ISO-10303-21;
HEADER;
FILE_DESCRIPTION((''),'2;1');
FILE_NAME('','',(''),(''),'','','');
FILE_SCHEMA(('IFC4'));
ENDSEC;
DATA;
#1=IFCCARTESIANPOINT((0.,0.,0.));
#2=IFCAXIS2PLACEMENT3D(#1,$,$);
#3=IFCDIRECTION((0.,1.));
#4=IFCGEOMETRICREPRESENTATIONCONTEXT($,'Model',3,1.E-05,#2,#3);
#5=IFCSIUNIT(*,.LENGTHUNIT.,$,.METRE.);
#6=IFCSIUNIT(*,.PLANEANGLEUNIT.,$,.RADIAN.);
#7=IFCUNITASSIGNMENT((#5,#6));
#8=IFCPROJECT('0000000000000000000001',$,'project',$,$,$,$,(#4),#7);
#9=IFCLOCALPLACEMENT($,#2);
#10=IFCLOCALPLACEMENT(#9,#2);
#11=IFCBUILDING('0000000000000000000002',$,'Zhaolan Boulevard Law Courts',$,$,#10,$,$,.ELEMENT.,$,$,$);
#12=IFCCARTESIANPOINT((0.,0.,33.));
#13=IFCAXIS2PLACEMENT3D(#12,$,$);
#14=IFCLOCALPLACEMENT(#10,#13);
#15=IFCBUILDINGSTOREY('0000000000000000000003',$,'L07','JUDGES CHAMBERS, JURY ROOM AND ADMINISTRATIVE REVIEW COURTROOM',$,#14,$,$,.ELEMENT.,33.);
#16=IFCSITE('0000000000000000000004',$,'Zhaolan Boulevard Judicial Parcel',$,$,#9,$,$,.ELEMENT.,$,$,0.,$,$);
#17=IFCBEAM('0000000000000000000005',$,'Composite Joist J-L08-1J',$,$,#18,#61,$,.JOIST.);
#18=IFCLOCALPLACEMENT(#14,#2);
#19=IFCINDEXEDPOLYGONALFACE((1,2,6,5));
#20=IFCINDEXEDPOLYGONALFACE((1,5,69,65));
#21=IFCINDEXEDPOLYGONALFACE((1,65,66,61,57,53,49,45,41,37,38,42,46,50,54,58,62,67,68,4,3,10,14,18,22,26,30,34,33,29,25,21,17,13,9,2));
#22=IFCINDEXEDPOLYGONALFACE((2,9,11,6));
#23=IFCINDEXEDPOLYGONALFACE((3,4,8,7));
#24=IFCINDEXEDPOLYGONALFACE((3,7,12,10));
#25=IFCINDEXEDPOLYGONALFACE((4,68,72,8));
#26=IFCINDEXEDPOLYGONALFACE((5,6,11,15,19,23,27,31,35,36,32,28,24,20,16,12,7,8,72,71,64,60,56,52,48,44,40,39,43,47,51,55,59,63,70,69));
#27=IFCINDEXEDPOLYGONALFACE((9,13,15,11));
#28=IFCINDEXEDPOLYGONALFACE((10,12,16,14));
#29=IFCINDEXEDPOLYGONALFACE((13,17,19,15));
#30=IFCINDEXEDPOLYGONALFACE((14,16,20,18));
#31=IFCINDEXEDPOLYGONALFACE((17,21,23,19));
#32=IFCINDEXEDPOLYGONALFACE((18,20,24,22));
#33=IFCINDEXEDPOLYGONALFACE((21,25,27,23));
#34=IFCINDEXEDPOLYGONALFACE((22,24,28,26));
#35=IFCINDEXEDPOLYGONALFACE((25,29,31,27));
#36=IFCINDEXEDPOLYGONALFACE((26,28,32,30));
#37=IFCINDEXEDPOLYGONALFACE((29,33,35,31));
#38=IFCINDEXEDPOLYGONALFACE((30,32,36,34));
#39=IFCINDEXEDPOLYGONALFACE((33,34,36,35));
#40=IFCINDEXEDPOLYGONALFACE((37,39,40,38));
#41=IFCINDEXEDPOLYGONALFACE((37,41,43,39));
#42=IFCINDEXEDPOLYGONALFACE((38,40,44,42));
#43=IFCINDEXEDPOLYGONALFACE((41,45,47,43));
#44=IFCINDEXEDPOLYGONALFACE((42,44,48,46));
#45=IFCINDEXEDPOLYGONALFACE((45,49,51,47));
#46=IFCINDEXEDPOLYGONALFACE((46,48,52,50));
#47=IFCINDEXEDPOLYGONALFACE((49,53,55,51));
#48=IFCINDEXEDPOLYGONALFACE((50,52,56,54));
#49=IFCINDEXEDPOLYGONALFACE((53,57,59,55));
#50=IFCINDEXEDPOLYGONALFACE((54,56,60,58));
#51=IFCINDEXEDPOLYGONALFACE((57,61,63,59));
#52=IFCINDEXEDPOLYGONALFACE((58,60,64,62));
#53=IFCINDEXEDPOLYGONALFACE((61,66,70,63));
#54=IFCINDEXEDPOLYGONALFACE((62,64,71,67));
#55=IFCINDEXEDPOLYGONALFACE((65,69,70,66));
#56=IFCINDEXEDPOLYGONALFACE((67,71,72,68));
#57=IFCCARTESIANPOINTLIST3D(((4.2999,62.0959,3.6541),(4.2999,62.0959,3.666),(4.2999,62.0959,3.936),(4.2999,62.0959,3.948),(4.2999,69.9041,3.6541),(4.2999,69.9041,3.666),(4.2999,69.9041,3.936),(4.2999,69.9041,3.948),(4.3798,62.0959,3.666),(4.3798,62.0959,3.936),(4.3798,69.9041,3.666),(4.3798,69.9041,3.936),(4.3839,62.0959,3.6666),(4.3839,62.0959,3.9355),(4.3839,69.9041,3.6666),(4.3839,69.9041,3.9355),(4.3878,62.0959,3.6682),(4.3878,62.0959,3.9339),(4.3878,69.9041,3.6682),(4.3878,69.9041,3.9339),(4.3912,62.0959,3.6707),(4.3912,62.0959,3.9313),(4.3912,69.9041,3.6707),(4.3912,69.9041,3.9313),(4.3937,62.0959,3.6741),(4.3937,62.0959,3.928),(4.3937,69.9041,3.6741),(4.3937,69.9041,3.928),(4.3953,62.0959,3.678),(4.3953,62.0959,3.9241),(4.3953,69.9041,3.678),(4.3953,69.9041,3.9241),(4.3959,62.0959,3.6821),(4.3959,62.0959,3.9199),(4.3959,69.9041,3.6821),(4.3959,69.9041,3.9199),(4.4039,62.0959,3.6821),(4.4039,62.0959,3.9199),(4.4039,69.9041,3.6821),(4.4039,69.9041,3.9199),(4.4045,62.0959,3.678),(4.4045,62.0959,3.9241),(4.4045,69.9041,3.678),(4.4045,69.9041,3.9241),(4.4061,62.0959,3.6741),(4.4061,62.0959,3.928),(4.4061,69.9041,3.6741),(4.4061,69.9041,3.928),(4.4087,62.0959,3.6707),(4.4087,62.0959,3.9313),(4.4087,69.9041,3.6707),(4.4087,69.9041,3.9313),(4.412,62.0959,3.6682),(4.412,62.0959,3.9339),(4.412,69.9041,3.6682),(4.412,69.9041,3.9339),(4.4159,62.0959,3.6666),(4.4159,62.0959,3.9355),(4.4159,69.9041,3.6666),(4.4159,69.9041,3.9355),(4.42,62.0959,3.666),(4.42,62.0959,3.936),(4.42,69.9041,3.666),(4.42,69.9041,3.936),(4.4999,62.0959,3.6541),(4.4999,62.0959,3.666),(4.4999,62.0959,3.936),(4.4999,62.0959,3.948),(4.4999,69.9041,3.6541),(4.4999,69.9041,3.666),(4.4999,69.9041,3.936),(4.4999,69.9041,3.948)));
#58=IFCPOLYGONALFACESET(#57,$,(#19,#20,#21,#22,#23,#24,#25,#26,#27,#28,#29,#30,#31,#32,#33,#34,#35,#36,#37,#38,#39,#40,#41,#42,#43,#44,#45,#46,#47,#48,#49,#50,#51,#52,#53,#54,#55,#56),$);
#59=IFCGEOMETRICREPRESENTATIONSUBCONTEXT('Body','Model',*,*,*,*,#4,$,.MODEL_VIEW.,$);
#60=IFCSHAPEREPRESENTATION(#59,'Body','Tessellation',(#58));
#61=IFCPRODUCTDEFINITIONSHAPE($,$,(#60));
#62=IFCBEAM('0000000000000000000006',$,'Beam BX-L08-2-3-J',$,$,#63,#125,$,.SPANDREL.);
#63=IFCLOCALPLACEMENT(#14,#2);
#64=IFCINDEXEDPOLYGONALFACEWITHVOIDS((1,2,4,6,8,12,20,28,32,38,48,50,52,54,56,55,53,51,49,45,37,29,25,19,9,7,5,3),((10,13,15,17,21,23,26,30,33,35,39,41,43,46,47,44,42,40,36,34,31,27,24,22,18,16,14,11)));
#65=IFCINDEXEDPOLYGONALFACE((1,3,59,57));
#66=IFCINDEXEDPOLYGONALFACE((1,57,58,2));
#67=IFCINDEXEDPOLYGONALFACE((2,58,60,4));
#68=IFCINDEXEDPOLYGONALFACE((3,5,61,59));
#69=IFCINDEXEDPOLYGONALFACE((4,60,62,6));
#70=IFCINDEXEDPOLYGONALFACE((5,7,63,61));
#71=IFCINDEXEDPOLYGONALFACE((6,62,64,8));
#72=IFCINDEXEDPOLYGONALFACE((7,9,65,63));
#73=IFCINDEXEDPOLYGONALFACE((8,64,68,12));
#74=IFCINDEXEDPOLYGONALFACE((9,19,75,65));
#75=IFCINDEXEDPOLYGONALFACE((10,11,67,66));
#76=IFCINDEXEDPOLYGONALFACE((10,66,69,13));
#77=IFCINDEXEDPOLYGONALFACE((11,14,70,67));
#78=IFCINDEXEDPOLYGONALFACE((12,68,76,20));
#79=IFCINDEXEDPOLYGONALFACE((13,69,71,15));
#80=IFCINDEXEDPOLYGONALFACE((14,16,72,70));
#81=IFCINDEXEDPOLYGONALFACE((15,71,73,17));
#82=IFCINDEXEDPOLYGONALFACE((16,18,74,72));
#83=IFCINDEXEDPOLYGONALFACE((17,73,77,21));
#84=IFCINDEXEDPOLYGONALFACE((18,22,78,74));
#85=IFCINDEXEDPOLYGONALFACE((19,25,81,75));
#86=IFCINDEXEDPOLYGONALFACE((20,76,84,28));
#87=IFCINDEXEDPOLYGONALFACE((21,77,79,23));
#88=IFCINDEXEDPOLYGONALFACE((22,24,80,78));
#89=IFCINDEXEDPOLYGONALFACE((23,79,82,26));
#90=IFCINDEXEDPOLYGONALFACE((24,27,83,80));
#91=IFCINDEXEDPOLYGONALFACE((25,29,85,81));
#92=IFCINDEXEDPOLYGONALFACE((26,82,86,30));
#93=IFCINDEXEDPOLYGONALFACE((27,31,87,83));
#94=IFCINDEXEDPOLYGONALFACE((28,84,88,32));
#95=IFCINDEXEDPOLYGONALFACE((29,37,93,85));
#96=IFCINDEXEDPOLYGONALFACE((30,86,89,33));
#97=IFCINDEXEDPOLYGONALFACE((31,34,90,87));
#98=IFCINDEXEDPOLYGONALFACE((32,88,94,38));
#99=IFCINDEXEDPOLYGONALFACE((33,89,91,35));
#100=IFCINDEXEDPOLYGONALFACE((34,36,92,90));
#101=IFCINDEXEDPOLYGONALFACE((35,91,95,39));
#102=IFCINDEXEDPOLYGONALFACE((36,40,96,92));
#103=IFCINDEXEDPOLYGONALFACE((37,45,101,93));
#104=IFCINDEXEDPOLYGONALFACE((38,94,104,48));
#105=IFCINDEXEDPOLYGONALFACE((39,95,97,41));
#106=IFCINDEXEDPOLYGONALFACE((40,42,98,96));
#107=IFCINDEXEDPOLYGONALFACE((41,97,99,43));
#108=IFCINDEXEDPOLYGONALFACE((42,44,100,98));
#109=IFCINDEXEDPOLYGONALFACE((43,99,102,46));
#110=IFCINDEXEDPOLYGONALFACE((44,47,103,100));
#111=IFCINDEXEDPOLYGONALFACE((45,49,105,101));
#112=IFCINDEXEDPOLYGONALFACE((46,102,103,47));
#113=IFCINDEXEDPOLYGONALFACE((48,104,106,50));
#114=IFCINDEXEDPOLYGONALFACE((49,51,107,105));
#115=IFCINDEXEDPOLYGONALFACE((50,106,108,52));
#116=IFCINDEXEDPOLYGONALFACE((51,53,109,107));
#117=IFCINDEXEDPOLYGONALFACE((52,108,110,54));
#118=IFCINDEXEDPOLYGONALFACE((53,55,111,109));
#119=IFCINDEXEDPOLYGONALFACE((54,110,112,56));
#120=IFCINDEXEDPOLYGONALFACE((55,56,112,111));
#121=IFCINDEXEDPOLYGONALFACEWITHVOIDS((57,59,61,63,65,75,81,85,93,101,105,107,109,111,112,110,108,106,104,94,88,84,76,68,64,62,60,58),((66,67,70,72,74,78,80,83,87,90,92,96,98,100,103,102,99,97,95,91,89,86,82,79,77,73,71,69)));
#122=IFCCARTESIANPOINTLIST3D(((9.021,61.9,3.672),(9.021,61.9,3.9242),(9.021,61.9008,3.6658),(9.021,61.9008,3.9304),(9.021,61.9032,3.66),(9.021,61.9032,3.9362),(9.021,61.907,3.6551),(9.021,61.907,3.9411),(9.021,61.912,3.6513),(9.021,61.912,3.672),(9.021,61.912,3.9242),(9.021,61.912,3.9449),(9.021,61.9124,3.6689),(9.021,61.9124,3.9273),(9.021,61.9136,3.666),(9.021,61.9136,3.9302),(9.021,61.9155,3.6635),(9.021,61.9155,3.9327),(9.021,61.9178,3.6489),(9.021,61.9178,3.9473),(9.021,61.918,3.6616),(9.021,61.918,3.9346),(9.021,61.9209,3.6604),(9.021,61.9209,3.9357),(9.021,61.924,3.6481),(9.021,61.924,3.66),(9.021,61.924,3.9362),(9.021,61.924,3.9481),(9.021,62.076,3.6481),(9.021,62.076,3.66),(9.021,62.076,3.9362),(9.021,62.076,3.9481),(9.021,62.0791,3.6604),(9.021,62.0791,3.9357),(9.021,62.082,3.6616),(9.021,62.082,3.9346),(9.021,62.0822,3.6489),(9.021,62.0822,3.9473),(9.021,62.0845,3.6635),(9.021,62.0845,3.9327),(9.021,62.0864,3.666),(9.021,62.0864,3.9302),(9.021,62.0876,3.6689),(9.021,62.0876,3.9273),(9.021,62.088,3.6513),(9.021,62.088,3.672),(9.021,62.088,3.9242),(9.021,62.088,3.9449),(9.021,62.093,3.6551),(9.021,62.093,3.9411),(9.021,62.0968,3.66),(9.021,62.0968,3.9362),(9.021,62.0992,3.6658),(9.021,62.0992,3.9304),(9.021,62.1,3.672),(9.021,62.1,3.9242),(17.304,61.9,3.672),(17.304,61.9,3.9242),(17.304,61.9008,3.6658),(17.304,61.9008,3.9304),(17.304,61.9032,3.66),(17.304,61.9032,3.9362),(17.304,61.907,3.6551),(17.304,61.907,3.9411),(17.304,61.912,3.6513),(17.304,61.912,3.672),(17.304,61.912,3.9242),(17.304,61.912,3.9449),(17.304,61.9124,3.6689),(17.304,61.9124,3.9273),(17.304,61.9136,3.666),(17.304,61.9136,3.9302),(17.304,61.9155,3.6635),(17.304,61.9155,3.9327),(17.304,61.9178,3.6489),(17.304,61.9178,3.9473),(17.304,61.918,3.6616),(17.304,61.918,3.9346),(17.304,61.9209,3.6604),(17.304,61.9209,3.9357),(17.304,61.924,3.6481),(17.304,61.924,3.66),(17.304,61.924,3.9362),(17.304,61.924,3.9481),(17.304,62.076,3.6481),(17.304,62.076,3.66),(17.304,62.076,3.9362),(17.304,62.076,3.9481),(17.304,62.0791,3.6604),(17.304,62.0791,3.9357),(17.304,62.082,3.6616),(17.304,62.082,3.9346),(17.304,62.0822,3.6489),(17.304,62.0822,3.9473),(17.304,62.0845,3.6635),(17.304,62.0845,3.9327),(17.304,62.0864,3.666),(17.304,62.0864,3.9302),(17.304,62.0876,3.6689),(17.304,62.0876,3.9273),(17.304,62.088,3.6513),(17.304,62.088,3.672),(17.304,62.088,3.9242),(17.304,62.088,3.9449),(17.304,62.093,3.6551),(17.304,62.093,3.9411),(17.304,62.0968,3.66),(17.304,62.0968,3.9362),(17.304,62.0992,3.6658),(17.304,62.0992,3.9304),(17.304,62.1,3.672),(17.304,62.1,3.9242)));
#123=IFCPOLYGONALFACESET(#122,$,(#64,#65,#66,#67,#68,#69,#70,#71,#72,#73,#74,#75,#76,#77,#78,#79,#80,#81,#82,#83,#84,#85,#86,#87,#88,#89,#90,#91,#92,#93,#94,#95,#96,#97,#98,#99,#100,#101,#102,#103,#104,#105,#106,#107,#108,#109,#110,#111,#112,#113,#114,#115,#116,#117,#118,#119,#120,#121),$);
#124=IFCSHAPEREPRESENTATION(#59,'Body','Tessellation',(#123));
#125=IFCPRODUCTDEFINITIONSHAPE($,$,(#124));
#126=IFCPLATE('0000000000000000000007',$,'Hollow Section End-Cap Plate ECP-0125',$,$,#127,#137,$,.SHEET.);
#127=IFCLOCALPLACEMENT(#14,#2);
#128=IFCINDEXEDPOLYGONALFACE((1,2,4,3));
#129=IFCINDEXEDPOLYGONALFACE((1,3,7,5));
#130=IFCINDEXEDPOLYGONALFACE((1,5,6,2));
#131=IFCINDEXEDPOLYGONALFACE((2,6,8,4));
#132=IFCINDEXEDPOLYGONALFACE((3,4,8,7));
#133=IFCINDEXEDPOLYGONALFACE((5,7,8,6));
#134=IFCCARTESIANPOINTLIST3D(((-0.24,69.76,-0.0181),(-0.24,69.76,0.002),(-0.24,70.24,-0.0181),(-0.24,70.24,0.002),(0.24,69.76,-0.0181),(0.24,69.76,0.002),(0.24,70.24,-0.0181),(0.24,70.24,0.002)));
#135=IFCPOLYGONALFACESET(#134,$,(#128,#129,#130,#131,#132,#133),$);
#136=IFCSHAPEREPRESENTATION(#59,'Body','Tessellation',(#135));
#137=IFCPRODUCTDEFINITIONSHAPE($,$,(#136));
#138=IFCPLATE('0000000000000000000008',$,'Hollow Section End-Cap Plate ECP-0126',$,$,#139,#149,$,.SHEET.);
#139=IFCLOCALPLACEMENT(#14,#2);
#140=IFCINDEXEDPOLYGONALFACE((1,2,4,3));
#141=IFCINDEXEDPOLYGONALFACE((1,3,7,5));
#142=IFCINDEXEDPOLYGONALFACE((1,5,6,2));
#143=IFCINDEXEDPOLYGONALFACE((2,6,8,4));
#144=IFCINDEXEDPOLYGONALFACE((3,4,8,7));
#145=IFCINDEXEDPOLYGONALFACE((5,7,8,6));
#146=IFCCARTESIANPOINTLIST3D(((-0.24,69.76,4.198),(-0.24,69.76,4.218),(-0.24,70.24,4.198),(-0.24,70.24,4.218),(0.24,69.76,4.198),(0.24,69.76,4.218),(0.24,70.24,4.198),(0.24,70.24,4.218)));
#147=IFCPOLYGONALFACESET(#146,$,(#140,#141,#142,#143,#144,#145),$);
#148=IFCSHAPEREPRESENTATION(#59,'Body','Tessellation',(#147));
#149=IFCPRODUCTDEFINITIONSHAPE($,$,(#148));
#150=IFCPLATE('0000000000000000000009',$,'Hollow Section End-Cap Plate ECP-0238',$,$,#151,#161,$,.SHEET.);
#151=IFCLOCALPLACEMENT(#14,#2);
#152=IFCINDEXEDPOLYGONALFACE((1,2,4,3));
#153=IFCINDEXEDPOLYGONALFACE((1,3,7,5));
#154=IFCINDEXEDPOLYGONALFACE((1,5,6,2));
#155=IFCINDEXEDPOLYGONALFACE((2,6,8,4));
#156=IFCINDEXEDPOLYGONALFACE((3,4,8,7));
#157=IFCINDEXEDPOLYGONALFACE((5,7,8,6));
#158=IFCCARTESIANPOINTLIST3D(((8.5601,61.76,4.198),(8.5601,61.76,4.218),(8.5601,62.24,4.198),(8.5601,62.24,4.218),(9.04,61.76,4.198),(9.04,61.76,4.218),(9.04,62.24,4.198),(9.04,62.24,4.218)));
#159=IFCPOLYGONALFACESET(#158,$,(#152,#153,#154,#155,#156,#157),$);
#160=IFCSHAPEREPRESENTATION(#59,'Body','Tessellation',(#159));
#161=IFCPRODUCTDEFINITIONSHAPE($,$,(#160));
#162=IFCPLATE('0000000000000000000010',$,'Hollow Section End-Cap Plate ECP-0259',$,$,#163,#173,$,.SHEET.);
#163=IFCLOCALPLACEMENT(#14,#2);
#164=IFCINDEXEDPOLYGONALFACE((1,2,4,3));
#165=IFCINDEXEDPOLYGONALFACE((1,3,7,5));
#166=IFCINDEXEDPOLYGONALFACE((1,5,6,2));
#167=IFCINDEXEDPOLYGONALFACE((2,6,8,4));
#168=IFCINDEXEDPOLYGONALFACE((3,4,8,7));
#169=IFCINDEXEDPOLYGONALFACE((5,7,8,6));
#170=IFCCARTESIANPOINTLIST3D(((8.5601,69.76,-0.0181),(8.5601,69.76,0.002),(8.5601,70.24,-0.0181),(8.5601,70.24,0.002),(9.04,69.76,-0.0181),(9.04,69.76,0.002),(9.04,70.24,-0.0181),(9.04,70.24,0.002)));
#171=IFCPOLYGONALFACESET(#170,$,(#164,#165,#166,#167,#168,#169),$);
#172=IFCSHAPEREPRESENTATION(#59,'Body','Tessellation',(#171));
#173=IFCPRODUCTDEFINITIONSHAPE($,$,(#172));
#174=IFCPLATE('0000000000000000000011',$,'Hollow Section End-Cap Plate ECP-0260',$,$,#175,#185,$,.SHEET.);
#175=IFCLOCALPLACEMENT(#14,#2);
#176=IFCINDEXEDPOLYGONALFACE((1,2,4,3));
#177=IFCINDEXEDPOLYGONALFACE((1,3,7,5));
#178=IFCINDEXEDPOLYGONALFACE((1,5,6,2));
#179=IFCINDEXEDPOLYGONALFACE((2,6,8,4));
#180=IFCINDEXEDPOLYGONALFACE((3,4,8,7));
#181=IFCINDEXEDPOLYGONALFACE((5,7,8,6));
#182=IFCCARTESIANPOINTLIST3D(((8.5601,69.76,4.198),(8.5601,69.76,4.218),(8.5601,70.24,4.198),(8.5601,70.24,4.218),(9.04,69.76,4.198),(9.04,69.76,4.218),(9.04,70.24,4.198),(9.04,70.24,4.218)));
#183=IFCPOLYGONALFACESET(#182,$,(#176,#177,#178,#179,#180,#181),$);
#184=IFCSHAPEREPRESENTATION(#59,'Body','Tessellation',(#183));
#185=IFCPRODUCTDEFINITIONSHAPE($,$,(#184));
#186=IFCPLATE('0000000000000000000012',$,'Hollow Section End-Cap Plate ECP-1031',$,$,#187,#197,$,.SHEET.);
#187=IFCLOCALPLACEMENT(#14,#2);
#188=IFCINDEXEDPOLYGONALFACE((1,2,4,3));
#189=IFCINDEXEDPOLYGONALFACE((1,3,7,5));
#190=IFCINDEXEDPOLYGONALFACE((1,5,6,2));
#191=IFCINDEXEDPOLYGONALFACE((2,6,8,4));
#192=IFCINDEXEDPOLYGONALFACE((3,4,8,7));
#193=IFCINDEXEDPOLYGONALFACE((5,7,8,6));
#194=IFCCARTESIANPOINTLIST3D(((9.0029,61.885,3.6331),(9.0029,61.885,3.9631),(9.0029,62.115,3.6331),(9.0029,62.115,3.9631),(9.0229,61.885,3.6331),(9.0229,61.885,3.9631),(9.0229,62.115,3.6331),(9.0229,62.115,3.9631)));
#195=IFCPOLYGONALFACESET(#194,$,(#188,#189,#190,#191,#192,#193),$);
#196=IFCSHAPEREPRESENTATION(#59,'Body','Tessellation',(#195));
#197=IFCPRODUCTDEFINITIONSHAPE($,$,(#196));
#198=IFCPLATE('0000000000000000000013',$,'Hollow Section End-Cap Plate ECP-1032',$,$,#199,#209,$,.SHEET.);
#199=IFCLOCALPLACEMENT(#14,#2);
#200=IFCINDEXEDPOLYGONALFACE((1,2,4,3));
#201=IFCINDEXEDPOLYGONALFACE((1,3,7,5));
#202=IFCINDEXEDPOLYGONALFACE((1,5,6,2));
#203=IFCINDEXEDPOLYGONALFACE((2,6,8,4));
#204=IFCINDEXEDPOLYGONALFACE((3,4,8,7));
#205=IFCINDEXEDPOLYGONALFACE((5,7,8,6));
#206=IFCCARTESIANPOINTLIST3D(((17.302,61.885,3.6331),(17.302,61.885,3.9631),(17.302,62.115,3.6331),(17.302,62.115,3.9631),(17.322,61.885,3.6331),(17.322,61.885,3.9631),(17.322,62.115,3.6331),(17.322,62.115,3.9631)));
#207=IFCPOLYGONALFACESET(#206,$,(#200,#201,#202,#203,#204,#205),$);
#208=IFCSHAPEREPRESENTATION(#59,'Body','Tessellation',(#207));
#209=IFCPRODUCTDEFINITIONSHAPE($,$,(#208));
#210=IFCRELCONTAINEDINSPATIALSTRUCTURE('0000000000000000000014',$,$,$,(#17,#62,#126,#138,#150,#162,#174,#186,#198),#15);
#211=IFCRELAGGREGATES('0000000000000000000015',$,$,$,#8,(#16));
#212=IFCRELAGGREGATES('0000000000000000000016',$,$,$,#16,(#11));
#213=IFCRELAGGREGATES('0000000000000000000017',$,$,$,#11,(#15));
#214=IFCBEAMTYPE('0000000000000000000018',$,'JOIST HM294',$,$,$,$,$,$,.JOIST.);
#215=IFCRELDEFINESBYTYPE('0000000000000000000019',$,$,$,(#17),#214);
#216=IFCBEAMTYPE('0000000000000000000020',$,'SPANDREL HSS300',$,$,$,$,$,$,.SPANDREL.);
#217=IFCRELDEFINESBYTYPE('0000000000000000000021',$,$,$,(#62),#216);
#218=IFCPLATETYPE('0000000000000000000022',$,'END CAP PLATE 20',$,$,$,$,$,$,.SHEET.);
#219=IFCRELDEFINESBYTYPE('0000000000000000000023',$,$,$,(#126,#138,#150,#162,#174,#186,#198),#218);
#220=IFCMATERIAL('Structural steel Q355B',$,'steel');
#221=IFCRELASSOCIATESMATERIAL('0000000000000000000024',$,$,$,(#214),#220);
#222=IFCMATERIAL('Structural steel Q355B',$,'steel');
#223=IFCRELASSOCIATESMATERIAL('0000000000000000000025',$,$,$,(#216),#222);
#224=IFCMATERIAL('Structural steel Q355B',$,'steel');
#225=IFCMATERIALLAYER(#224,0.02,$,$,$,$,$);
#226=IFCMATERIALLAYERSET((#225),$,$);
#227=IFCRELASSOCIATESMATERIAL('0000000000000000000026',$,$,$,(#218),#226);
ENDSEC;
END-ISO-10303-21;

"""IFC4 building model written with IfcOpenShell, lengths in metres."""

from ifc_helpers import new_model, si_unit, direction, frame, origin, origin_2d, place, context, subcontext, project, spatial, rectangle, hollow_rectangle, i_section, extrude, material, layer, layer_set, material_profile, profile_set, type_object, element, save


model = new_model("IFC4")

# Units and contexts
model_context = context("Model", 3, precision=1e-05, world=origin(), true_north=direction((0.0, 1.0)))
body_context = subcontext(model_context, "Body", "Model", "MODEL_VIEW")
ifc_project = project(units=[si_unit("LENGTHUNIT", "METRE"), si_unit("PLANEANGLEUNIT", "RADIAN")], contexts=[model_context])

# Site, building, storey
site_placement = place(None, origin())
site = spatial("IfcSite", under=ifc_project, at=site_placement, Name="Zhaolan Boulevard Judicial Parcel", CompositionType="ELEMENT", RefElevation=0.0)
building_placement = place(site_placement, origin())
building = spatial("IfcBuilding", under=site, at=building_placement, Name="Zhaolan Boulevard Law Courts", CompositionType="ELEMENT")
storey_placement = place(building_placement, frame((0.0, 0.0, 33.0)))
storey = spatial("IfcBuildingStorey", under=building, at=storey_placement, Name="L07", Description="JUDGES CHAMBERS, JURY ROOM AND ADMINISTRATIVE REVIEW COURTROOM", CompositionType="ELEMENT", Elevation=33.0)

# Beams
ifc_material_1 = material(Name="Structural steel Q355B", Category="steel")
ifc_material_profile_1 = material_profile(ifc_material_1, i_section(OverallWidth=0.2, OverallDepth=0.2939, WebThickness=0.0081, FlangeThickness=0.012, FilletRadius=0.0161, at=origin_2d()), Name="HM294x200")
ifc_profile_set_1 = profile_set([ifc_material_profile_1], Name="Structural steel Q355B")
beam_type_1 = type_object("IfcBeamType", Name="JOIST HM294", PredefinedType="JOIST", material=ifc_profile_set_1)
beam_1_placement = place(storey_placement, frame((4.3999, 62.0959, 3.801), z_axis=(0.0, 1.0, 0.0), x_axis=(-1.0, 0.0, 0.0)))
element("IfcBeam", 1, at=beam_1_placement, inside=storey, type_object=beam_type_1, Name="Composite Joist J-L08-1J", PredefinedType="JOIST", context=body_context, shape_type="SweptSolid", body=[
    extrude(i_section(OverallWidth=0.2, OverallDepth=0.2939, WebThickness=0.0081, FlangeThickness=0.012, FilletRadius=0.0161, at=origin_2d()), origin(), (0.0, 0.0, 1.0), 7.8081),
])
ifc_material_2 = material(Name="Structural steel Q355B", Category="steel")
ifc_material_profile_2 = material_profile(ifc_material_2, hollow_rectangle(XDim=0.2, YDim=0.3, WallThickness=0.012, InnerFilletRadius=0.012, OuterFilletRadius=0.0239, at=origin_2d()), Name="HSS300x200x12")
ifc_profile_set_2 = profile_set([ifc_material_profile_2], Name="Structural steel Q355B")
beam_type_2 = type_object("IfcBeamType", Name="SPANDREL HSS300", PredefinedType="SPANDREL", material=ifc_profile_set_2)
beam_2_placement = place(storey_placement, frame((9.021, 62.0, 3.7981), z_axis=(1.0, 0.0, 0.0), x_axis=(0.0, 1.0, 0.0)))
element("IfcBeam", 2, at=beam_2_placement, inside=storey, type_object=beam_type_2, Name="Beam BX-L08-2-3-J", PredefinedType="SPANDREL", context=body_context, shape_type="SweptSolid", body=[
    extrude(hollow_rectangle(XDim=0.2, YDim=0.3, WallThickness=0.012, InnerFilletRadius=0.012, OuterFilletRadius=0.0239, at=origin_2d()), origin(), (0.0, 0.0, 1.0), 8.283),
])

# Plates
ifc_material_3 = material(Name="Structural steel Q355B", Category="steel")
ifc_layer_1 = layer(ifc_material_3, 0.02)
ifc_layer_set_1 = layer_set([ifc_layer_1])
plate_type = type_object("IfcPlateType", Name="END CAP PLATE 20", PredefinedType="SHEET", material=ifc_layer_set_1)
for number, where, z_axis, x_axis, name in (
    (3, (0.0, 70.0, -0.0181), (0.0, 0.0, 1.0), (1.0, 0.0, 0.0), "Hollow Section End-Cap Plate ECP-0125"),
    (4, (0.0, 70.0, 4.198), (0.0, 0.0, 1.0), (1.0, 0.0, 0.0), "Hollow Section End-Cap Plate ECP-0126"),
    (5, (8.8, 62.0, 4.198), (0.0, 0.0, 1.0), (1.0, 0.0, 0.0), "Hollow Section End-Cap Plate ECP-0238"),
    (6, (8.8, 70.0, -0.0181), (0.0, 0.0, 1.0), (1.0, 0.0, 0.0), "Hollow Section End-Cap Plate ECP-0259"),
    (7, (8.8, 70.0, 4.198), (0.0, 0.0, 1.0), (1.0, 0.0, 0.0), "Hollow Section End-Cap Plate ECP-0260"),
):
    element("IfcPlate", number, at=place(storey_placement, frame(where, z_axis=z_axis, x_axis=x_axis)), inside=storey, type_object=plate_type, Name=name, PredefinedType="SHEET", context=body_context, shape_type="SweptSolid", body=[
        extrude(rectangle(XDim=0.48, YDim=0.48, at=origin_2d()), origin(), (0.0, 0.0, 1.0), 0.02),
    ])
for number, where, z_axis, x_axis, name in (
    (8, (9.0129, 62.0, 3.6331), (0.0, 0.0, 1.0), (1.0, 0.0, 0.0), "Hollow Section End-Cap Plate ECP-1031"),
    (9, (17.312, 62.0, 3.6331), (0.0, 0.0, 1.0), (1.0, 0.0, 0.0), "Hollow Section End-Cap Plate ECP-1032"),
):
    element("IfcPlate", number, at=place(storey_placement, frame(where, z_axis=z_axis, x_axis=x_axis)), inside=storey, type_object=plate_type, Name=name, PredefinedType="SHEET", context=body_context, shape_type="SweptSolid", body=[
        extrude(rectangle(XDim=0.02, YDim=0.23, at=origin_2d()), origin(), (0.0, 0.0, 1.0), 0.3301),
    ])

save(model, "model.ifc")
